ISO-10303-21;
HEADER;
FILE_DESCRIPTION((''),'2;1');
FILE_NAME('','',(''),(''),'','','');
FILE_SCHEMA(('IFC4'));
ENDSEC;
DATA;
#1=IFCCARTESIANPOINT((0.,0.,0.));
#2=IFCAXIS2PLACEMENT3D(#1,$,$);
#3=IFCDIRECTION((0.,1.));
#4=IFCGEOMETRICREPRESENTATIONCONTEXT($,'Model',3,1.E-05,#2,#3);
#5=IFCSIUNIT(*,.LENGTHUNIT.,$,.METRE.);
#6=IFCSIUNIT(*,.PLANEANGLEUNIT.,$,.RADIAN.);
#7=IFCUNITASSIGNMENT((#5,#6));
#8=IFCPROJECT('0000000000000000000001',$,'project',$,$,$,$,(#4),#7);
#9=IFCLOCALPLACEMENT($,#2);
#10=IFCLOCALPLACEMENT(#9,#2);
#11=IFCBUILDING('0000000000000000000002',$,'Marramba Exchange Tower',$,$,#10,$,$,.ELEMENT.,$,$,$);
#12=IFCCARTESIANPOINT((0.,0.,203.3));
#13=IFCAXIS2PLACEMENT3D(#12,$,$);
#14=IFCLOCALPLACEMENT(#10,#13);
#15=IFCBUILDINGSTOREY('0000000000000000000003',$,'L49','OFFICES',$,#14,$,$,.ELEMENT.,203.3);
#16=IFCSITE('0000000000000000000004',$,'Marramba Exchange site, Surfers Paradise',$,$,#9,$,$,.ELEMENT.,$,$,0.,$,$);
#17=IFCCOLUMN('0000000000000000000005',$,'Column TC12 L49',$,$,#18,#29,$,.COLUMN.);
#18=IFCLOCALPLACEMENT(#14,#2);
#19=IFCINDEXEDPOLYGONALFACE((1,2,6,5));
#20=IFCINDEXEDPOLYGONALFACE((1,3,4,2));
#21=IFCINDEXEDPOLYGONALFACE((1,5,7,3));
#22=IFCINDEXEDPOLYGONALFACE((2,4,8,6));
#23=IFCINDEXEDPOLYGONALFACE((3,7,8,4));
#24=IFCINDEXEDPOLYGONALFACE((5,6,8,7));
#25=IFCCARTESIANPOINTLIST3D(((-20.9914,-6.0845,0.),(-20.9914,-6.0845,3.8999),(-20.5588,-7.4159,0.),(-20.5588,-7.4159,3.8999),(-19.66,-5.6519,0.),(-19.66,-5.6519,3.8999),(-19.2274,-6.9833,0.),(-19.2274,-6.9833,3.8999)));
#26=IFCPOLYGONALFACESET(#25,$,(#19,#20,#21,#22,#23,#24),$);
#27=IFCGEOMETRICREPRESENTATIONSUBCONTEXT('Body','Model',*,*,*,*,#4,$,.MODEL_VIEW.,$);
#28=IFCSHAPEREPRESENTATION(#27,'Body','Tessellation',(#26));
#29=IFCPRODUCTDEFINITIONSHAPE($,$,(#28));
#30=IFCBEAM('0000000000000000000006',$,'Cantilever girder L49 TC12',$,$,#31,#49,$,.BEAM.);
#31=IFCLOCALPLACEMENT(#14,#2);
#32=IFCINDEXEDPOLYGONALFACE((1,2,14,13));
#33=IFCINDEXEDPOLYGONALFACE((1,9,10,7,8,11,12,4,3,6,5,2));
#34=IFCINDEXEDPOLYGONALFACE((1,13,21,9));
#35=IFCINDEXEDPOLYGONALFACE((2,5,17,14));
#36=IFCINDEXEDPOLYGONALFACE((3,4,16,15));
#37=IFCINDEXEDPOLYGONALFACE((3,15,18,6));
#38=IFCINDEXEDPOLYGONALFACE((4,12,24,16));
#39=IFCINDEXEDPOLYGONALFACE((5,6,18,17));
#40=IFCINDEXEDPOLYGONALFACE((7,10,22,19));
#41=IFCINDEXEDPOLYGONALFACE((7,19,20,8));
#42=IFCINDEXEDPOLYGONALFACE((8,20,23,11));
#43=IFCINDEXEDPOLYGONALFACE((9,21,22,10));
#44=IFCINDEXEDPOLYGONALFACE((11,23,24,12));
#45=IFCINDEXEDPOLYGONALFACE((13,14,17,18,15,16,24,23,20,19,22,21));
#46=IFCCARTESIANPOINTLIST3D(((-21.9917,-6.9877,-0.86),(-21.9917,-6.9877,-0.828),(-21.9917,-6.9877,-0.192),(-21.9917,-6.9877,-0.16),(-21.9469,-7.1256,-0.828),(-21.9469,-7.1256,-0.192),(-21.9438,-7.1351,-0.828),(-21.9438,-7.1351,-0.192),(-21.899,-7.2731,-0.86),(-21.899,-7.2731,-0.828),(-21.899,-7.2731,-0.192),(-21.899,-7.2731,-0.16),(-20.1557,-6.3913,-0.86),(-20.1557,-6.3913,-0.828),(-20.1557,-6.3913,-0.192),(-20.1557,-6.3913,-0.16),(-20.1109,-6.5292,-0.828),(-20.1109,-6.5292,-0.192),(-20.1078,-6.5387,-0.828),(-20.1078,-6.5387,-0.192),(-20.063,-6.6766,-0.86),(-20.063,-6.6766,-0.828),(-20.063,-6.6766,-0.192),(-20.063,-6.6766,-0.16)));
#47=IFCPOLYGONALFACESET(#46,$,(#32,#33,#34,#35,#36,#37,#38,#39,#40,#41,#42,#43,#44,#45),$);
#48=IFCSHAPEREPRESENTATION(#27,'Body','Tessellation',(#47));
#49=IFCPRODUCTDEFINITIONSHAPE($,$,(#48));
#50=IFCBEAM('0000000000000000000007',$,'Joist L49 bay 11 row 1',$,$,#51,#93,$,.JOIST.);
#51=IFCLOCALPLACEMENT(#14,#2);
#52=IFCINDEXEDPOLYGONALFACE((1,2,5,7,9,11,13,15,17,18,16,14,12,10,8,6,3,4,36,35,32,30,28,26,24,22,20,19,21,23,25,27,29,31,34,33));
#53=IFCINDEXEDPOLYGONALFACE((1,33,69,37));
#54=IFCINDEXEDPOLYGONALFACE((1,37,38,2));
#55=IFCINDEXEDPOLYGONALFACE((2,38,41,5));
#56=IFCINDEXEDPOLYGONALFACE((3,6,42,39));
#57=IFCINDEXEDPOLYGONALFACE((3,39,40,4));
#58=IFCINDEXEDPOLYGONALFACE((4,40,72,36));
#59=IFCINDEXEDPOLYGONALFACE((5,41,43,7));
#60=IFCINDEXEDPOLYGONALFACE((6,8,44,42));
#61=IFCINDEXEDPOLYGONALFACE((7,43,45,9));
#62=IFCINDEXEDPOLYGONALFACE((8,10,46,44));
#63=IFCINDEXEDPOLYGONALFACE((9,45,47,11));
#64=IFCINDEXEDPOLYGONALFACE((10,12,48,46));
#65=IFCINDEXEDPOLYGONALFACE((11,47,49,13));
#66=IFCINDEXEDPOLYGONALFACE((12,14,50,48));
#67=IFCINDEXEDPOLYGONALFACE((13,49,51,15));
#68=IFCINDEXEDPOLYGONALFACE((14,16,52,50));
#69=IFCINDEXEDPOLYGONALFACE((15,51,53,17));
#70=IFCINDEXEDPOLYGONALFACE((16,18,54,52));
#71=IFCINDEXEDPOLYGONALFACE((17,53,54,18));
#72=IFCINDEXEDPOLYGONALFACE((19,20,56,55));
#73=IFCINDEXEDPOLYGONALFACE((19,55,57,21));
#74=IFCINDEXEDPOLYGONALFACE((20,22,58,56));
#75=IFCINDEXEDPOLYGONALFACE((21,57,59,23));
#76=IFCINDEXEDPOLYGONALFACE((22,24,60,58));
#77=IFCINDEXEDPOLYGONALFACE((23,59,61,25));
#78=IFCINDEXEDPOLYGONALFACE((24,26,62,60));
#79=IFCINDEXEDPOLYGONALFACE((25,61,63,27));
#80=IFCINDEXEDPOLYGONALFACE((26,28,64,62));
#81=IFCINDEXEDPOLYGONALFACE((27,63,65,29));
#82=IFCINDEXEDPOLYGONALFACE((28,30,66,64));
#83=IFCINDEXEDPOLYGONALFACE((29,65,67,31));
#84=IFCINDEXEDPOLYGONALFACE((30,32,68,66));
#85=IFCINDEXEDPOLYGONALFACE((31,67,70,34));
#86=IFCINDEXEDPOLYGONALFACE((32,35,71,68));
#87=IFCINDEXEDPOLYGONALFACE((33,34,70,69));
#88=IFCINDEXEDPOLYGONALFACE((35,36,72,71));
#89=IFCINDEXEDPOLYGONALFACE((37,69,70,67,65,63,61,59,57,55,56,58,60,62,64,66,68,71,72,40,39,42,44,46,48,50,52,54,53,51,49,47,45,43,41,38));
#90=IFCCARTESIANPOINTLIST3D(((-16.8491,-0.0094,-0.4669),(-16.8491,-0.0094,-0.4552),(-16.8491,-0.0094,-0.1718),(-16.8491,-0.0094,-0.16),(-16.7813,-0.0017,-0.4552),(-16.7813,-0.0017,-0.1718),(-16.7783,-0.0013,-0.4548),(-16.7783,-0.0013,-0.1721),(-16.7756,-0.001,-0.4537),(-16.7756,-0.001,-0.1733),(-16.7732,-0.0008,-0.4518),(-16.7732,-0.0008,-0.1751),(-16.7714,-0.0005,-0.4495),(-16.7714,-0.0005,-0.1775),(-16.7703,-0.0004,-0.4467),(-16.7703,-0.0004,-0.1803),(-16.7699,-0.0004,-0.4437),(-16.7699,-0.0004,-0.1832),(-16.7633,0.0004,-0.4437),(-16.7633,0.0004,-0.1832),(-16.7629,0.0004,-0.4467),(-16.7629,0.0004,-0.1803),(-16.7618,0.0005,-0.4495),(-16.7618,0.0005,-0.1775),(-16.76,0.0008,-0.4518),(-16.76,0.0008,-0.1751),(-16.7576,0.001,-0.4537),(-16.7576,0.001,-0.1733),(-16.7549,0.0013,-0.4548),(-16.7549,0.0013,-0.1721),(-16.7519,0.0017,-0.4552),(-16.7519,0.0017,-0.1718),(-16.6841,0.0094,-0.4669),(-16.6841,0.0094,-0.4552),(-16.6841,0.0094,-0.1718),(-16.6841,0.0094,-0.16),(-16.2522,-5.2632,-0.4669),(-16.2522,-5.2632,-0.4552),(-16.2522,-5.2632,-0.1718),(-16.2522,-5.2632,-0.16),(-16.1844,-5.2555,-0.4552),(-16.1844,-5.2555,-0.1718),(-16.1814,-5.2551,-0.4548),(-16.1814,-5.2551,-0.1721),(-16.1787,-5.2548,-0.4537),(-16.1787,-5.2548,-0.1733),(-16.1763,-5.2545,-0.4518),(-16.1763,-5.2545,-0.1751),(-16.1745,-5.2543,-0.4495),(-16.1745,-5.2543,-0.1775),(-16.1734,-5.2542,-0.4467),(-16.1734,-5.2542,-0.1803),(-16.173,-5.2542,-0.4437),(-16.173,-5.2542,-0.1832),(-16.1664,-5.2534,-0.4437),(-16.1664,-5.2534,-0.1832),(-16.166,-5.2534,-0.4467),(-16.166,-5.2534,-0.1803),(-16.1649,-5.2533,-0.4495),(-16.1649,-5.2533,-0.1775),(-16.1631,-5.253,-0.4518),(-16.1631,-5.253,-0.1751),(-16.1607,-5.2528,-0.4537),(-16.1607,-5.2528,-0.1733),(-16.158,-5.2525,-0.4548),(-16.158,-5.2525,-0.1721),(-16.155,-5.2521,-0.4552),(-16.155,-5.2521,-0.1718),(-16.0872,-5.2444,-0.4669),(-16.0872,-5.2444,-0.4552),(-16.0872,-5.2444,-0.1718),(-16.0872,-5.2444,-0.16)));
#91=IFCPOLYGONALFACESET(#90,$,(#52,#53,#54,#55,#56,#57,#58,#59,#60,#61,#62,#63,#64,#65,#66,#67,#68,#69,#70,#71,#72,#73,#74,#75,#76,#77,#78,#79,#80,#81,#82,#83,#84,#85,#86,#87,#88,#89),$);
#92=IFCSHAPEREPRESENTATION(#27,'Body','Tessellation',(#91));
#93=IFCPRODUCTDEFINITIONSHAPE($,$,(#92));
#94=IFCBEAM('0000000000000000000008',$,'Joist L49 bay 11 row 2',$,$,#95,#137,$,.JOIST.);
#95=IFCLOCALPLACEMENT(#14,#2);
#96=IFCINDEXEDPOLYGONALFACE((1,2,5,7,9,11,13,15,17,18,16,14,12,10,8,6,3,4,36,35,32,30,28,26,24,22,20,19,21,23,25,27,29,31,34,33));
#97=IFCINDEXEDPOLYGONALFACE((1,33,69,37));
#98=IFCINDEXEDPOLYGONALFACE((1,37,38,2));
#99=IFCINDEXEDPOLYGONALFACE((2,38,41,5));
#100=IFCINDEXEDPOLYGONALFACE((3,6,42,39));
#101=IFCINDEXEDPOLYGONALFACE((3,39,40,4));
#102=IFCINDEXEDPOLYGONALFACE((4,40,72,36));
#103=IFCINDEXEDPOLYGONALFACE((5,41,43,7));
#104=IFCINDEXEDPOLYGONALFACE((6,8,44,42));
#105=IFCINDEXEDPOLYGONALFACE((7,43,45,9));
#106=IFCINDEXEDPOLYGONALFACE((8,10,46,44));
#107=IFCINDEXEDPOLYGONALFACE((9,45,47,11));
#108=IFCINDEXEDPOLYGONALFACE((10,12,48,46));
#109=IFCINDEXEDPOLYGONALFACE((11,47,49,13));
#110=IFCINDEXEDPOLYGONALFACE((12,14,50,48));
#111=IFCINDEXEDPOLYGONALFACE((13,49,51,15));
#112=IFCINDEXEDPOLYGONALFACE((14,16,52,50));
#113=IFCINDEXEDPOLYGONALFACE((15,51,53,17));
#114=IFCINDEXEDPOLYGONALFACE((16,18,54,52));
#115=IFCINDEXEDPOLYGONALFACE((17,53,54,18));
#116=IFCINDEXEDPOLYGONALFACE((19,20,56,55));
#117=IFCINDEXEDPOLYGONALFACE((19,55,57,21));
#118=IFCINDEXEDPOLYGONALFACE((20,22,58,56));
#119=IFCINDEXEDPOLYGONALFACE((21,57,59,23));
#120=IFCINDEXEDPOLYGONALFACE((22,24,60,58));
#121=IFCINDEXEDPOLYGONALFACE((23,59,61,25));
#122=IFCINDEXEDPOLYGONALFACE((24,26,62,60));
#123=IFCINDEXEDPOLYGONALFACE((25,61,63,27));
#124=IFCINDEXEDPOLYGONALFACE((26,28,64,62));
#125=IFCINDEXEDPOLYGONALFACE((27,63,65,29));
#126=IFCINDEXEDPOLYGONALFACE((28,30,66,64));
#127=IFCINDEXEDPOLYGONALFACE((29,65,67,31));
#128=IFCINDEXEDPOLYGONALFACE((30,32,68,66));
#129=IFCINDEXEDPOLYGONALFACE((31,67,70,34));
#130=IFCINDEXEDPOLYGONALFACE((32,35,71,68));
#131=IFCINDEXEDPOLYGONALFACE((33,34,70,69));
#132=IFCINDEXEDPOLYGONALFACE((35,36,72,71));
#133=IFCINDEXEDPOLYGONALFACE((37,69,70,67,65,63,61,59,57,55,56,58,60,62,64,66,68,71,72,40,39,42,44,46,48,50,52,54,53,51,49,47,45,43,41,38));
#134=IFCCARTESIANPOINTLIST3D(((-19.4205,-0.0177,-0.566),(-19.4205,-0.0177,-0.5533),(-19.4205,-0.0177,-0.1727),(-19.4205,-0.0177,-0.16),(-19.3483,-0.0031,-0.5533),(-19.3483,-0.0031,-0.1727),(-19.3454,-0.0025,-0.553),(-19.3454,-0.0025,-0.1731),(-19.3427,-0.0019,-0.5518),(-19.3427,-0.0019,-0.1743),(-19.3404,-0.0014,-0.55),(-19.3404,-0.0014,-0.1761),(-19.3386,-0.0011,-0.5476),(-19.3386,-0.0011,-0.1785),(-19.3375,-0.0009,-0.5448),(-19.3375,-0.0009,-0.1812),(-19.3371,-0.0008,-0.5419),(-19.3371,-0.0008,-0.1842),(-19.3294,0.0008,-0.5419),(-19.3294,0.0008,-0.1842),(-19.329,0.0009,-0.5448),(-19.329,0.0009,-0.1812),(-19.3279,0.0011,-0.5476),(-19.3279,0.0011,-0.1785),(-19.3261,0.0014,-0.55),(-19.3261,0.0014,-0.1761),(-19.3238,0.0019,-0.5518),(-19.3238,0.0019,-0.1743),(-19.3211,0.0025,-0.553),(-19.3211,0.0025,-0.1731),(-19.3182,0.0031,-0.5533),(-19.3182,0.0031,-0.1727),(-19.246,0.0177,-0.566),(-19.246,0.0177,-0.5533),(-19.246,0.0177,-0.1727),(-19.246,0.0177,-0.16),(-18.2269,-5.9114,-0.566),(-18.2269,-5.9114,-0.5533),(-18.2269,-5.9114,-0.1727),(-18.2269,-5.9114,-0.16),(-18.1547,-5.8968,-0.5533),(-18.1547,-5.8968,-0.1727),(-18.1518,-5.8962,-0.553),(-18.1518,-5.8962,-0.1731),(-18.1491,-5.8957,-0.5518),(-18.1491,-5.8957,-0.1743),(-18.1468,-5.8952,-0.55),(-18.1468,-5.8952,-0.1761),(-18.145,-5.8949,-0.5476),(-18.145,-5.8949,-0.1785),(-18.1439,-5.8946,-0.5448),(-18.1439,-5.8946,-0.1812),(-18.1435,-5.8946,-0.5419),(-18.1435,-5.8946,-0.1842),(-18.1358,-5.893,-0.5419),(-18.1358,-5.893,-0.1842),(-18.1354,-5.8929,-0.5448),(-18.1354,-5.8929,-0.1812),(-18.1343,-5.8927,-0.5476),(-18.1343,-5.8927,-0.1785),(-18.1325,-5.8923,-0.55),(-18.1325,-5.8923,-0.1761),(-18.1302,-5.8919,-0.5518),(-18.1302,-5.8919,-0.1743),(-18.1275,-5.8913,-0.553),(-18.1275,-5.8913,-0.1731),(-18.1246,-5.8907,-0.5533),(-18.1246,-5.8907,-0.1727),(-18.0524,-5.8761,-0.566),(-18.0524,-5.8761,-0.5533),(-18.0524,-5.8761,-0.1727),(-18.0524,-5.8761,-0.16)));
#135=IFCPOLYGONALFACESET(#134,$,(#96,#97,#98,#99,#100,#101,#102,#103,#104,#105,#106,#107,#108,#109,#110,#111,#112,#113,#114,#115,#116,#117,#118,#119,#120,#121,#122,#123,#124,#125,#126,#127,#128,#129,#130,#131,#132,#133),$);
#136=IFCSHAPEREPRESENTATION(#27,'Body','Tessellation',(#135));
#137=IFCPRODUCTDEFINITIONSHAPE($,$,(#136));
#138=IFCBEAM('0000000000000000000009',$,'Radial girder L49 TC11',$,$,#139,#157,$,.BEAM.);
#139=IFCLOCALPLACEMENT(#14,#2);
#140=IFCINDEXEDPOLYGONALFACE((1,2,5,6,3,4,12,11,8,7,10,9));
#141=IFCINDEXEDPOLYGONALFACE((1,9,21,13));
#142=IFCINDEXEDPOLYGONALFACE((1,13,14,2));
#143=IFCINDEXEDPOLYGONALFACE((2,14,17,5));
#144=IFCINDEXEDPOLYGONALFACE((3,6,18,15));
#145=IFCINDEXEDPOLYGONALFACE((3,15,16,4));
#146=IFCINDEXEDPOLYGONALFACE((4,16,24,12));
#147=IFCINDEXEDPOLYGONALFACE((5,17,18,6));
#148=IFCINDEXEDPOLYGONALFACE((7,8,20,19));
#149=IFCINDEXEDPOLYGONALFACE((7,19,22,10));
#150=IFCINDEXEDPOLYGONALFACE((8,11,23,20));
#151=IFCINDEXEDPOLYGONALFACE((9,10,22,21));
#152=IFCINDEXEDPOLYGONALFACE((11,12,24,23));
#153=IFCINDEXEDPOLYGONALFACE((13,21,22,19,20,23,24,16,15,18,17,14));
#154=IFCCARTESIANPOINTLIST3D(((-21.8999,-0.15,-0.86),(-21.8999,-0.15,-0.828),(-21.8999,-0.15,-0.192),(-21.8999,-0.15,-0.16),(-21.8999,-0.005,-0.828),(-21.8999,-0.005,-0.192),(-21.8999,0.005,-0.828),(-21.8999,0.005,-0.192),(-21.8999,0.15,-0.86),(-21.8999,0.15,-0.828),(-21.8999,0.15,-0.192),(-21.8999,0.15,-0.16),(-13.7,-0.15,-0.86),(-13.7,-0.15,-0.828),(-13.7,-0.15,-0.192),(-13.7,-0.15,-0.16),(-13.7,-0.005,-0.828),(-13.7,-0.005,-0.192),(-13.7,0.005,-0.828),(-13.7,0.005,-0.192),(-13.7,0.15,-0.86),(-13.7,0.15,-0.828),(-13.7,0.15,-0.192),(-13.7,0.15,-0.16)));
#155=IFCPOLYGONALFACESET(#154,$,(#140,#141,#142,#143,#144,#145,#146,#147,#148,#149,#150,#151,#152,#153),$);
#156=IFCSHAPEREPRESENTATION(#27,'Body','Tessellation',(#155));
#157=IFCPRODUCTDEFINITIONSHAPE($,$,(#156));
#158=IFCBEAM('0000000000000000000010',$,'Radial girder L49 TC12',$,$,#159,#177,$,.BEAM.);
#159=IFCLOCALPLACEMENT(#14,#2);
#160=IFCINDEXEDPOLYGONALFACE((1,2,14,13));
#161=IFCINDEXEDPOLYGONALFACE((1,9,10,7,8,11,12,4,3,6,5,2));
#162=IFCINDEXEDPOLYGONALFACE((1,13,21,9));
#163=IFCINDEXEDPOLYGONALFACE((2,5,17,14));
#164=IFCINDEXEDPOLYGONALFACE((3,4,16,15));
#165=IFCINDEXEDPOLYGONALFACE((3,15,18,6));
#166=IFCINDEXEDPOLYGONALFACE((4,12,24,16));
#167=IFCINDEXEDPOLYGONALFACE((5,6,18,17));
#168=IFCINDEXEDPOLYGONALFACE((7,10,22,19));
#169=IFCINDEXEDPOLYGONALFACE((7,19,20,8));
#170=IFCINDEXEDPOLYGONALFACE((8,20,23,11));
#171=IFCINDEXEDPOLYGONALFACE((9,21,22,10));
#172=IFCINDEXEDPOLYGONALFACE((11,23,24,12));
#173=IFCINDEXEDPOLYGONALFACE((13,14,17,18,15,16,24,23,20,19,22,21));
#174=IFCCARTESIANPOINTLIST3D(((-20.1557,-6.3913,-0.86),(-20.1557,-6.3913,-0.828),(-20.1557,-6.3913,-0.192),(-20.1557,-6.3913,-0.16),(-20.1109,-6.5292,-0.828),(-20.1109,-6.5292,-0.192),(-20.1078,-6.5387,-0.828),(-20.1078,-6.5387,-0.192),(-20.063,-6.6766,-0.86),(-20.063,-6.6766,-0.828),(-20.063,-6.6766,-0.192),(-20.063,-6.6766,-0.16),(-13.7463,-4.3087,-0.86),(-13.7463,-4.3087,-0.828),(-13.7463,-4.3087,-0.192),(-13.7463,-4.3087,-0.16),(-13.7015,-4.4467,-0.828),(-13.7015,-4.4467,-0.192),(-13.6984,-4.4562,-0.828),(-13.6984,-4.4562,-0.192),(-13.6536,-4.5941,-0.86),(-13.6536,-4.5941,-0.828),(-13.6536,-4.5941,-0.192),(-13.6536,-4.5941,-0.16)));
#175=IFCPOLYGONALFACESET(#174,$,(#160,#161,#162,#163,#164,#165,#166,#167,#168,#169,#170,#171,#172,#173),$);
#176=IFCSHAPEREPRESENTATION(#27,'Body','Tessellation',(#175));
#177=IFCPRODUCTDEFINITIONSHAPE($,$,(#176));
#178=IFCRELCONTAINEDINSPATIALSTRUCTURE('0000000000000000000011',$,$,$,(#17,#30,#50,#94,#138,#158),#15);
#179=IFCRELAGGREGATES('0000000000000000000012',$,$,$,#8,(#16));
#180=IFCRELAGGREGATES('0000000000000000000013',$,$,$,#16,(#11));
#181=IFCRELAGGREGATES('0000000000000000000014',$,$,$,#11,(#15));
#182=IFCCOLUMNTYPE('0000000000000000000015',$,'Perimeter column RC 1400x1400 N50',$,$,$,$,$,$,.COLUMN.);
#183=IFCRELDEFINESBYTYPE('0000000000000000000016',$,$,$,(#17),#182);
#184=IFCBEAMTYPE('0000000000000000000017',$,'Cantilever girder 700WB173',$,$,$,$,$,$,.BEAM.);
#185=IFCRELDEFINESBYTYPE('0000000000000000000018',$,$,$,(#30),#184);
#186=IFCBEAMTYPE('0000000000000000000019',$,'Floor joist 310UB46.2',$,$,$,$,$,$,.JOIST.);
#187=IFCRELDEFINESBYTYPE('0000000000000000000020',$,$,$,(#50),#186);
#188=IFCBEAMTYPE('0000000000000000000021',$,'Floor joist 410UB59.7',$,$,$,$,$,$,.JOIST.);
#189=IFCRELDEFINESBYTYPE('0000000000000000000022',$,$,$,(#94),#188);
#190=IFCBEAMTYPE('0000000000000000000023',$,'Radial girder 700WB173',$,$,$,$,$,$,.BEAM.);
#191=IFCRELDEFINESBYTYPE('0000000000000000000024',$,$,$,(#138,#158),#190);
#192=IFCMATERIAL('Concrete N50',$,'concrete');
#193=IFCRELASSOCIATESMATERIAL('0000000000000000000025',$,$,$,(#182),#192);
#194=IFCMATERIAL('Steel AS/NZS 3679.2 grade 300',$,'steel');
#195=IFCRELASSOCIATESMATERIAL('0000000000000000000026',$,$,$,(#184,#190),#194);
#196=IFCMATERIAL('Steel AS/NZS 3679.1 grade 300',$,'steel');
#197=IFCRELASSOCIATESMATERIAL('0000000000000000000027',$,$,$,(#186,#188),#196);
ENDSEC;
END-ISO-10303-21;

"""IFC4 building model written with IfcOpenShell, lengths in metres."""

from ifc_helpers import new_model, si_unit, direction, frame, origin, origin_2d, place, context, subcontext, project, spatial, rectangle, i_section, extrude, material, material_profile, profile_set, type_object, element, save


model = new_model("IFC4")

# Units and contexts
model_context = context("Model", 3, precision=1e-05, world=origin(), true_north=direction((0.0, 1.0)))
body_context = subcontext(model_context, "Body", "Model", "MODEL_VIEW")
ifc_project = project(units=[si_unit("LENGTHUNIT", "METRE"), si_unit("PLANEANGLEUNIT", "RADIAN")], contexts=[model_context])

# Site, building, storey
site_placement = place(None, origin())
site = spatial("IfcSite", under=ifc_project, at=site_placement, Name="Marramba Exchange site, Surfers Paradise", CompositionType="ELEMENT", RefElevation=0.0)
building_placement = place(site_placement, origin())
building = spatial("IfcBuilding", under=site, at=building_placement, Name="Marramba Exchange Tower", CompositionType="ELEMENT")
storey_placement = place(building_placement, frame((0.0, 0.0, 203.3)))
storey = spatial("IfcBuildingStorey", under=building, at=storey_placement, Name="L49", Description="OFFICES", CompositionType="ELEMENT", Elevation=203.3)

# Column
ifc_material_1 = material(Name="Concrete N50", Category="concrete")
ifc_material_profile_1 = material_profile(ifc_material_1, rectangle(XDim=1.3999, YDim=1.3999, at=origin_2d()), Name="RC 1400x1400")
ifc_profile_set_1 = profile_set([ifc_material_profile_1], Name="Concrete N50")
column_type = type_object("IfcColumnType", Name="Perimeter column RC 1400x1400 N50", PredefinedType="COLUMN", material=ifc_profile_set_1)
column_placement = place(storey_placement, frame((-20.1094, -6.5339, 0.0), z_axis=(0.0, 0.0, 1.0), x_axis=(-0.951057, -0.309017, 0.0)))
element("IfcColumn", 1, at=column_placement, inside=storey, type_object=column_type, Name="Column TC12 L49", PredefinedType="COLUMN", context=body_context, shape_type="SweptSolid", body=[
    extrude(rectangle(XDim=1.3999, YDim=1.3999, at=origin_2d()), origin(), (0.0, 0.0, 1.0), 3.8999),
])

# Beams
ifc_material_2 = material(Name="Steel AS/NZS 3679.2 grade 300", Category="steel")
ifc_material_profile_2 = material_profile(ifc_material_2, i_section(OverallWidth=0.3, OverallDepth=0.7, WebThickness=0.01, FlangeThickness=0.032, at=origin_2d()), Name="700WB173")
ifc_profile_set_2 = profile_set([ifc_material_profile_2], Name="Steel AS/NZS 3679.2 grade 300")
beam_type_1 = type_object("IfcBeamType", Name="Cantilever girder 700WB173", PredefinedType="BEAM", material=ifc_profile_set_2)
beam_1_placement = place(storey_placement, frame((-20.1094, -6.5339, -0.51), z_axis=(-0.951071, -0.308972, 0.0), x_axis=(0.308972, -0.951071, 0.0)))
element("IfcBeam", 2, at=beam_1_placement, inside=storey, type_object=beam_type_1, Name="Cantilever girder L49 TC12", PredefinedType="BEAM", context=body_context, shape_type="SweptSolid", body=[
    extrude(i_section(OverallWidth=0.3, OverallDepth=0.7, WebThickness=0.01, FlangeThickness=0.032, at=origin_2d()), origin(), (0.0, 0.0, 1.0), 1.9304),
])
ifc_material_3 = material(Name="Steel AS/NZS 3679.1 grade 300", Category="steel")
ifc_material_profile_3 = material_profile(ifc_material_3, i_section(OverallWidth=0.166, OverallDepth=0.3069, WebThickness=0.0066, FlangeThickness=0.0117, FilletRadius=0.0115, at=origin_2d()), Name="310UB46.2")
ifc_profile_set_3 = profile_set([ifc_material_profile_3], Name="Steel AS/NZS 3679.1 grade 300")
beam_type_2 = type_object("IfcBeamType", Name="Floor joist 310UB46.2", PredefinedType="JOIST", material=ifc_profile_set_3)
beam_2_placement = place(storey_placement, frame((-16.7666, 0.0, -0.3135), z_axis=(0.112889, -0.993608, 0.0), x_axis=(0.993608, 0.112889, 0.0)))
element("IfcBeam", 3, at=beam_2_placement, inside=storey, type_object=beam_type_2, Name="Joist L49 bay 11 row 1", PredefinedType="JOIST", context=body_context, shape_type="SweptSolid", body=[
    extrude(i_section(OverallWidth=0.166, OverallDepth=0.3069, WebThickness=0.0066, FlangeThickness=0.0117, FilletRadius=0.0115, at=origin_2d()), origin(), (0.0, 0.0, 1.0), 5.2876),
])
ifc_material_profile_4 = material_profile(ifc_material_3, i_section(OverallWidth=0.178, OverallDepth=0.406, WebThickness=0.0078, FlangeThickness=0.0127, FilletRadius=0.0115, at=origin_2d()), Name="410UB59.7")
ifc_profile_set_4 = profile_set([ifc_material_profile_4], Name="Steel AS/NZS 3679.1 grade 300")
beam_type_3 = type_object("IfcBeamType", Name="Floor joist 410UB59.7", PredefinedType="JOIST", material=ifc_profile_set_4)
beam_3_placement = place(storey_placement, frame((-19.3333, 0.0, -0.363), z_axis=(0.198489, -0.980103, 0.0), x_axis=(0.980103, 0.198489, 0.0)))
element("IfcBeam", 4, at=beam_3_placement, inside=storey, type_object=beam_type_3, Name="Joist L49 bay 11 row 2", PredefinedType="JOIST", context=body_context, shape_type="SweptSolid", body=[
    extrude(i_section(OverallWidth=0.178, OverallDepth=0.406, WebThickness=0.0078, FlangeThickness=0.0127, FilletRadius=0.0115, at=origin_2d()), origin(), (0.0, 0.0, 1.0), 6.0134),
])
ifc_material_profile_5 = material_profile(ifc_material_2, i_section(OverallWidth=0.3, OverallDepth=0.7, WebThickness=0.01, FlangeThickness=0.032, at=origin_2d()), Name="700WB173")
ifc_profile_set_5 = profile_set([ifc_material_profile_5], Name="Steel AS/NZS 3679.2 grade 300")
beam_type_4 = type_object("IfcBeamType", Name="Radial girder 700WB173", PredefinedType="BEAM", material=ifc_profile_set_5)
beam_4_placement = place(storey_placement, frame((-13.7, 0.0, -0.51), z_axis=(-1.0, 0.0, 0.0), x_axis=(0.0, -1.0, 0.0)))
element("IfcBeam", 5, at=beam_4_placement, inside=storey, type_object=beam_type_4, Name="Radial girder L49 TC11", PredefinedType="BEAM", context=body_context, shape_type="SweptSolid", body=[
    extrude(i_section(OverallWidth=0.3, OverallDepth=0.7, WebThickness=0.01, FlangeThickness=0.032, at=origin_2d()), origin(), (0.0, 0.0, 1.0), 8.2),
])
beam_5_placement = place(storey_placement, frame((-13.7, -4.4514, -0.51), z_axis=(-0.951058, -0.309013, 0.0), x_axis=(0.309013, -0.951058, 0.0)))
element("IfcBeam", 6, at=beam_5_placement, inside=storey, type_object=beam_type_4, Name="Radial girder L49 TC12", PredefinedType="BEAM", context=body_context, shape_type="SweptSolid", body=[
    extrude(i_section(OverallWidth=0.3, OverallDepth=0.7, WebThickness=0.01, FlangeThickness=0.032, at=origin_2d()), origin(), (0.0, 0.0, 1.0), 6.7393),
])

save(model, "model.ifc")
